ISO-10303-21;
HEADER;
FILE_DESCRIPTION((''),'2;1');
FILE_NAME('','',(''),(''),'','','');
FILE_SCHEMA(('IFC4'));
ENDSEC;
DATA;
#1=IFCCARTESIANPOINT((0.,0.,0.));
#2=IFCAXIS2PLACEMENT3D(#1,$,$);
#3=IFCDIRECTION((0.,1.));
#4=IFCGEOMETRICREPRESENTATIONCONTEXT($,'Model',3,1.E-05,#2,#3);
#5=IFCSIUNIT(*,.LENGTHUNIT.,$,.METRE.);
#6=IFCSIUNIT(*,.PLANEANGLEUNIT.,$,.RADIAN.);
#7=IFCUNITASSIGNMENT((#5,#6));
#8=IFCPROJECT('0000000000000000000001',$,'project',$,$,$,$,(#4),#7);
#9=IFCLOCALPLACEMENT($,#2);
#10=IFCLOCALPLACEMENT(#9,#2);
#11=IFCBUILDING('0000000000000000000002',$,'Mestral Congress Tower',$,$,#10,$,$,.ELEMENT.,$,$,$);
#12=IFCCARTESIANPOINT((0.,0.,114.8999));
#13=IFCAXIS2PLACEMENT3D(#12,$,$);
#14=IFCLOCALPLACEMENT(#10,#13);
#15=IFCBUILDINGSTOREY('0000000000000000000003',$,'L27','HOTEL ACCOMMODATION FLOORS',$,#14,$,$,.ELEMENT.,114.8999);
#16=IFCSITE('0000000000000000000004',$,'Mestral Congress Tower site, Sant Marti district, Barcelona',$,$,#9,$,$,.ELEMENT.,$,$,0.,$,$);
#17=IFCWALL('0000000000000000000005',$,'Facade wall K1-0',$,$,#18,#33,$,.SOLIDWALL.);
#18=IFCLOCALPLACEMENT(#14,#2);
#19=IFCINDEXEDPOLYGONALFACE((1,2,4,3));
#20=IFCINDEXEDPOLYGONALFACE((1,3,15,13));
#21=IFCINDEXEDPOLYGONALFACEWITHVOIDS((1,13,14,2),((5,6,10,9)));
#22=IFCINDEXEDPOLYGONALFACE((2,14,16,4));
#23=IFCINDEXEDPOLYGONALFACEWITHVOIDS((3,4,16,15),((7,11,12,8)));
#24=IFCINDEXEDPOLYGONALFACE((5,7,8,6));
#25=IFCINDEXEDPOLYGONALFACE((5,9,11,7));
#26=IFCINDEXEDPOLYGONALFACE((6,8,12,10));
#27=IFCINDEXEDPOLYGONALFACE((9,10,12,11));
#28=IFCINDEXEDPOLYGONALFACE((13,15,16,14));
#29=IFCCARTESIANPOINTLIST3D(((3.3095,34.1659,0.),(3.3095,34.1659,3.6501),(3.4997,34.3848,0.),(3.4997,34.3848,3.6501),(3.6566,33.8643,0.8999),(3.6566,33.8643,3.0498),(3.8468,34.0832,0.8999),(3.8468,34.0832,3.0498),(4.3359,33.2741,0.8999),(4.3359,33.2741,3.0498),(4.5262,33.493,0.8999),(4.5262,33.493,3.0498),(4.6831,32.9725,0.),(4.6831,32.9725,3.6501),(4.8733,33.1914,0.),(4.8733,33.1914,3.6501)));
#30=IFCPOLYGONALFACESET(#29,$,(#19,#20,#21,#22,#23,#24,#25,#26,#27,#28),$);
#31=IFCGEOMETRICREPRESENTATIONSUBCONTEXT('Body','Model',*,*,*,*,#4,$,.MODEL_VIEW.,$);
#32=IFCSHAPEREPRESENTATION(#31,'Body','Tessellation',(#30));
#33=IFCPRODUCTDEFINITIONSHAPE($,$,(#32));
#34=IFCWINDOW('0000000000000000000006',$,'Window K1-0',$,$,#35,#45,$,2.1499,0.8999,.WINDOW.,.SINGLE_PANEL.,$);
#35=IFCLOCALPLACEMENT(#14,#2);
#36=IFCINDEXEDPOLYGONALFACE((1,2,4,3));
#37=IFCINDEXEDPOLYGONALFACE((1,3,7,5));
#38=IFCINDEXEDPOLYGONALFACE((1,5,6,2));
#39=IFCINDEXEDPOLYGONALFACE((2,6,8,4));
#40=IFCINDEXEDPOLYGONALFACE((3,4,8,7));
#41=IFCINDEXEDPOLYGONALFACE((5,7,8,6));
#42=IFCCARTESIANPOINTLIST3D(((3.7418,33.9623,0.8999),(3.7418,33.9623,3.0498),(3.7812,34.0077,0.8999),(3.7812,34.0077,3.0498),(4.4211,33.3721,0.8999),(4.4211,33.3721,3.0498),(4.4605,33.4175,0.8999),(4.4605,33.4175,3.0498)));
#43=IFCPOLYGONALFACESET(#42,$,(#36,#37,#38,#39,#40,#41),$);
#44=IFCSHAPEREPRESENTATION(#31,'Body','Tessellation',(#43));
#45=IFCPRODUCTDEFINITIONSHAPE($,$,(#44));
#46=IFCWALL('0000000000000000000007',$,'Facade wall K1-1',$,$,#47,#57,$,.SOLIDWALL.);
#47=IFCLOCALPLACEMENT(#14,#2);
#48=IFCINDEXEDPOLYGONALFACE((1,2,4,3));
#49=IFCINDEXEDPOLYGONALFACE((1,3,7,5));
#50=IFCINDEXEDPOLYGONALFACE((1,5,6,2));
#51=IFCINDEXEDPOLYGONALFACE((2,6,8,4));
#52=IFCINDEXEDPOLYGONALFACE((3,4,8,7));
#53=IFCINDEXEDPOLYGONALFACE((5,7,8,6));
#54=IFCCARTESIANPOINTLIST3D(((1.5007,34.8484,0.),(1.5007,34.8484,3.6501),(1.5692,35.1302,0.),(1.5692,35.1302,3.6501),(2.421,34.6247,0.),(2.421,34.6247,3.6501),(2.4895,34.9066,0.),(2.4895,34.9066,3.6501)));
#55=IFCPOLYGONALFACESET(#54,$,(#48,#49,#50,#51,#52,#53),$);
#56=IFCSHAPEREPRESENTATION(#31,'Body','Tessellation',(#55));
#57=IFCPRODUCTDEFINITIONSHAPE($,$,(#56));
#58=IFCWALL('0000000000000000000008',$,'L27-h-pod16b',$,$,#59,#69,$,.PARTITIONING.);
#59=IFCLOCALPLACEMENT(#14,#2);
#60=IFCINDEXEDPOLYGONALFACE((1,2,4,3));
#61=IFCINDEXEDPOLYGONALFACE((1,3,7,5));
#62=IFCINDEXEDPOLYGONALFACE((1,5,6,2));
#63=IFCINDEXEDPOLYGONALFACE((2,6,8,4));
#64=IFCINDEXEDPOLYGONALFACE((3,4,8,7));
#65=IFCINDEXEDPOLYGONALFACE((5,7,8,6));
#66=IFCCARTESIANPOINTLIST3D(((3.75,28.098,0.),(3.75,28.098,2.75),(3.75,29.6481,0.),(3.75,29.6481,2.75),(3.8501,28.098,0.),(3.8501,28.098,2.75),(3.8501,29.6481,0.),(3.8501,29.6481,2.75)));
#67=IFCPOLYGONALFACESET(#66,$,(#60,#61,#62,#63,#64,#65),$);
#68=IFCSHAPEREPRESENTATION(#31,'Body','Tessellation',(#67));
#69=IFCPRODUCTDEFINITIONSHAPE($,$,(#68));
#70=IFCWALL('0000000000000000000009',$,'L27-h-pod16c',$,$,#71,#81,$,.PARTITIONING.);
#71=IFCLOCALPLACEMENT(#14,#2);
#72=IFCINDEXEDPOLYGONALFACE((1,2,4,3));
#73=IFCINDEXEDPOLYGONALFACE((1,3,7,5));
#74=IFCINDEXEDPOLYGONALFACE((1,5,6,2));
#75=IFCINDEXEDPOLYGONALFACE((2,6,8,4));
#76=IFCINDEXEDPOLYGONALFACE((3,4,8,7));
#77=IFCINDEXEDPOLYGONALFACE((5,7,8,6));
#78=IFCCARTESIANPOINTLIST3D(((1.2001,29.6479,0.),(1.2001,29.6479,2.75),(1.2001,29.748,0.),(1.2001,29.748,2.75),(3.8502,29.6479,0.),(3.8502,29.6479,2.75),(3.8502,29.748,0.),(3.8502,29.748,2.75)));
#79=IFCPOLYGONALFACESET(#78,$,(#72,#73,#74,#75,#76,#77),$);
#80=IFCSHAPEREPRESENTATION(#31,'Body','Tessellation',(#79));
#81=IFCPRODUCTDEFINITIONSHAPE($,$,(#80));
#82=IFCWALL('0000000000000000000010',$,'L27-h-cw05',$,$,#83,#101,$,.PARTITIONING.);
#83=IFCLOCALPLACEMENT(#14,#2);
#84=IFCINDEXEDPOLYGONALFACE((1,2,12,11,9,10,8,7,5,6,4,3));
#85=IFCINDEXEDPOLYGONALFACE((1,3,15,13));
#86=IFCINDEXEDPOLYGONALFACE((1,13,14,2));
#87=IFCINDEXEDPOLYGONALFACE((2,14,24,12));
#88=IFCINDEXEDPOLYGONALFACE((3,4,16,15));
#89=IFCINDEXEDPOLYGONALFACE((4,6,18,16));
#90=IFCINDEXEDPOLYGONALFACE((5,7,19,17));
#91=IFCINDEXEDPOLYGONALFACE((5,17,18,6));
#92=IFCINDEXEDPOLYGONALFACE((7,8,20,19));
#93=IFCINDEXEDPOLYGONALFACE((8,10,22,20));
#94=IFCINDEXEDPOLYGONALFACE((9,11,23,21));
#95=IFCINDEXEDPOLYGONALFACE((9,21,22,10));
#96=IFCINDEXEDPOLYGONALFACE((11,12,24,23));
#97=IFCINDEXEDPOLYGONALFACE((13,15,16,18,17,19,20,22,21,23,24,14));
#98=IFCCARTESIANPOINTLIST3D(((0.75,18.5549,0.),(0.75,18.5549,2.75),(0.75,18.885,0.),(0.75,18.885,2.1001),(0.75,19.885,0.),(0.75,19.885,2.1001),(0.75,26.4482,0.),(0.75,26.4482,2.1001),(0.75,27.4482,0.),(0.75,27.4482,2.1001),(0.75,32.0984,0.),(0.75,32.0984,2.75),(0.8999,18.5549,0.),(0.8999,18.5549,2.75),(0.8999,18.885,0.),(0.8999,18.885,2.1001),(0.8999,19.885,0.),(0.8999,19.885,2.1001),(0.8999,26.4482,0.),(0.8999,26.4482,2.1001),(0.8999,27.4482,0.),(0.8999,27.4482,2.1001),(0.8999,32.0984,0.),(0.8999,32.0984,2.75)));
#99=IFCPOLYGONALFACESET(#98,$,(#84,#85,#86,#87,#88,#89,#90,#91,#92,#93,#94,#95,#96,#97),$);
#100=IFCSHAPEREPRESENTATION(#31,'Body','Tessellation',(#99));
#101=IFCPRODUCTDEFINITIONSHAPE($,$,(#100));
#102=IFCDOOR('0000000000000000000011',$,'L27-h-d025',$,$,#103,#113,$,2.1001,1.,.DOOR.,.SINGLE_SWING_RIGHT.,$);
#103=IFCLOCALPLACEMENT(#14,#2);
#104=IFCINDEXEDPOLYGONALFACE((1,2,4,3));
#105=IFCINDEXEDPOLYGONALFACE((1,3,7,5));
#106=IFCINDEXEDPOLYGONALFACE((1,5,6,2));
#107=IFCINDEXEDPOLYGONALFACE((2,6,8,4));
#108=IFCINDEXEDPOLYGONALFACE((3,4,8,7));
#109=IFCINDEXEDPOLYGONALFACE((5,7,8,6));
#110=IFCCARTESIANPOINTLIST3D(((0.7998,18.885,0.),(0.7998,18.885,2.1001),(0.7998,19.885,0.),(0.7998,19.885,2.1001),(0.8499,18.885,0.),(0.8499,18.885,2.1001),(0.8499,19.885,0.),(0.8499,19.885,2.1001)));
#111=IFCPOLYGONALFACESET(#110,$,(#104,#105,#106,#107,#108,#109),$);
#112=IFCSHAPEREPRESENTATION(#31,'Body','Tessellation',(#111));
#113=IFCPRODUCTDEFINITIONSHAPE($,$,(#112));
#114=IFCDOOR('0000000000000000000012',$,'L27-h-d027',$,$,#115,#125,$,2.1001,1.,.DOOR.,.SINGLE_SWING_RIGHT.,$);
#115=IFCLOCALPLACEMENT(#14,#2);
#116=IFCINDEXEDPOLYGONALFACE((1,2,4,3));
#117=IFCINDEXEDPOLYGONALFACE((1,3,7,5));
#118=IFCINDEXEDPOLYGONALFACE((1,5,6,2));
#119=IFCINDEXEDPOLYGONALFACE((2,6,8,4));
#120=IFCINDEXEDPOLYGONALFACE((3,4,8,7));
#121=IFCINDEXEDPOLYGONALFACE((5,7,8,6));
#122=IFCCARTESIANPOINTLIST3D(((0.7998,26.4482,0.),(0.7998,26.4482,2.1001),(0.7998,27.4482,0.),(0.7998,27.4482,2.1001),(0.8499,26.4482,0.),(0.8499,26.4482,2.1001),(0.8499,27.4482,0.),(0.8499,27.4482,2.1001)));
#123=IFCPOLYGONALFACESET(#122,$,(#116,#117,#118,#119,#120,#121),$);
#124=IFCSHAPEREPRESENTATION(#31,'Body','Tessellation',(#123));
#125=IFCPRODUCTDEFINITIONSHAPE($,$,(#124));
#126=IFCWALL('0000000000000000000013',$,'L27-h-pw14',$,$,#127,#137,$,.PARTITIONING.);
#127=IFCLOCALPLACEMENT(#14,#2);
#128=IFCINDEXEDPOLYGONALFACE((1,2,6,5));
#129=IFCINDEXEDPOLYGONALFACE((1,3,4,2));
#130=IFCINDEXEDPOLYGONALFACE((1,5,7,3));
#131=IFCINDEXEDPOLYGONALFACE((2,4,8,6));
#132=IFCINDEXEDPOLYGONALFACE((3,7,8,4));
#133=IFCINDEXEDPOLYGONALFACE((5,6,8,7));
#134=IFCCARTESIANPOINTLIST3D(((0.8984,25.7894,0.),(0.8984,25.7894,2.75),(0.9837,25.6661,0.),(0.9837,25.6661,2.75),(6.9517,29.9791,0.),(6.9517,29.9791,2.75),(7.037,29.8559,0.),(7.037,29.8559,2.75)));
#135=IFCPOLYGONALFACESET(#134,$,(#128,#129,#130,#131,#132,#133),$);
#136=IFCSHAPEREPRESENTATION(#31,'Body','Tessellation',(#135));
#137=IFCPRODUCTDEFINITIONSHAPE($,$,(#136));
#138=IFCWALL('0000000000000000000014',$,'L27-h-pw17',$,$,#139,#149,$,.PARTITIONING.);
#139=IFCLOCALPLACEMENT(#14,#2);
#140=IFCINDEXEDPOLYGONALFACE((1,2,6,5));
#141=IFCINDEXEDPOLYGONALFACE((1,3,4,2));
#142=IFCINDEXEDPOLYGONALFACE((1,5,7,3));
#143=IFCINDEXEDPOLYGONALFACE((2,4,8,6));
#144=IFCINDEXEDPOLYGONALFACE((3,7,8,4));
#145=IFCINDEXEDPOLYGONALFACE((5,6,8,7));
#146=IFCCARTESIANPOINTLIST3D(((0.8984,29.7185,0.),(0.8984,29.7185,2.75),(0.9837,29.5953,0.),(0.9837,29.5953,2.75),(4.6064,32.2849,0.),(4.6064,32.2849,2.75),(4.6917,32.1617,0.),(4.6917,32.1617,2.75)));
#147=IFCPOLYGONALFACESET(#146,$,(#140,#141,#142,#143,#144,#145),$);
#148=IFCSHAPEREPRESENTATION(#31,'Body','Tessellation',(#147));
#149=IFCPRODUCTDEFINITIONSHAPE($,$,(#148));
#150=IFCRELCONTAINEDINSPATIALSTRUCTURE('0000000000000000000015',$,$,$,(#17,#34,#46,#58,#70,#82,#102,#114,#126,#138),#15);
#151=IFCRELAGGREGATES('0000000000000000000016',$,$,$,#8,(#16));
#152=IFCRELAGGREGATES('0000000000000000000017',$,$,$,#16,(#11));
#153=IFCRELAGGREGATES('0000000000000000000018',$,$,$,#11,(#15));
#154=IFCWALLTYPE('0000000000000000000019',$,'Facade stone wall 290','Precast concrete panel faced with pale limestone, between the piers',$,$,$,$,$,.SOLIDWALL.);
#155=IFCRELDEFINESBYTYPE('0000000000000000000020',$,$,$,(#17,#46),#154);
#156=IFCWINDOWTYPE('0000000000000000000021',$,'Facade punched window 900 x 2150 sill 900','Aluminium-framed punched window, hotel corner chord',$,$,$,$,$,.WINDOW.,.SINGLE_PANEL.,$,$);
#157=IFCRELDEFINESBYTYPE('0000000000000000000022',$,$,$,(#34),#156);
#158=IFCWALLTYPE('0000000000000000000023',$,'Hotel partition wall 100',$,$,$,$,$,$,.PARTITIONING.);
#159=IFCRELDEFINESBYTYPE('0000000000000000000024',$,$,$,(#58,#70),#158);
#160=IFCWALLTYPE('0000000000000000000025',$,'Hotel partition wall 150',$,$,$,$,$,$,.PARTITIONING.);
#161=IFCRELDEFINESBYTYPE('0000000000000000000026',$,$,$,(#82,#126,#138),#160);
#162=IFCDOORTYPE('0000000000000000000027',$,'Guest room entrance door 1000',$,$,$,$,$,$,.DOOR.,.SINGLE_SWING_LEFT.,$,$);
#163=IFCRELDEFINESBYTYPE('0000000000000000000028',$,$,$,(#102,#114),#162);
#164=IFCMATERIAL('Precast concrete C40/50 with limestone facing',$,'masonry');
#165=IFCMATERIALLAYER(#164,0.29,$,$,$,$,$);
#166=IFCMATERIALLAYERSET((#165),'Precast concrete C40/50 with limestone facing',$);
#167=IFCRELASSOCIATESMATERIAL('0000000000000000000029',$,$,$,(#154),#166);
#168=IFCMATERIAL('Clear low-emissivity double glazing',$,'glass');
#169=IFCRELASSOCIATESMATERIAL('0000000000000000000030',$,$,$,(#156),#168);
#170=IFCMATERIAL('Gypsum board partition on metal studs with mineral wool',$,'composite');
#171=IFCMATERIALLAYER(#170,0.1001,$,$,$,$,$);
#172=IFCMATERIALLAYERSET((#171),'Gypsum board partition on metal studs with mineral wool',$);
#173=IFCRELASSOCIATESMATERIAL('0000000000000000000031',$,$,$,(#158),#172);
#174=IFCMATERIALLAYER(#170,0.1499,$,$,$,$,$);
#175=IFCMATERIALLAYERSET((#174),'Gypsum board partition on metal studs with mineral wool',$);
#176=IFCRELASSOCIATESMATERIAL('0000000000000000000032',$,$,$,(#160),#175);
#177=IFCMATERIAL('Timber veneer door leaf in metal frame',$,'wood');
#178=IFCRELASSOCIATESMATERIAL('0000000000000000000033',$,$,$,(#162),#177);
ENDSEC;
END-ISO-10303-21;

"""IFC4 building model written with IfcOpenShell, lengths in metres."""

from ifc_helpers import new_model, si_unit, direction, frame, frame_2d, origin, place, context, subcontext, project, spatial, rectangle, extrude, material, layer, layer_set, type_object, element, fill, save


model = new_model("IFC4")

# Units and contexts
model_context = context("Model", 3, precision=1e-05, world=origin(), true_north=direction((0.0, 1.0)))
body_context = subcontext(model_context, "Body", "Model", "MODEL_VIEW")
ifc_project = project(units=[si_unit("LENGTHUNIT", "METRE"), si_unit("PLANEANGLEUNIT", "RADIAN")], contexts=[model_context])

# Site, building, storey
site_placement = place(None, origin())
site = spatial("IfcSite", under=ifc_project, at=site_placement, Name="Mestral Congress Tower site, Sant Marti district, Barcelona", CompositionType="ELEMENT", RefElevation=0.0)
building_placement = place(site_placement, origin())
building = spatial("IfcBuilding", under=site, at=building_placement, Name="Mestral Congress Tower", CompositionType="ELEMENT")
storey_placement = place(building_placement, frame((0.0, 0.0, 114.8999)))
storey = spatial("IfcBuildingStorey", under=building, at=storey_placement, Name="L27", Description="HOTEL ACCOMMODATION FLOORS", CompositionType="ELEMENT", Elevation=114.8999)

# Wall, opening, window
ifc_material_1 = material(Name="Precast concrete C40/50 with limestone facing", Category="masonry")
ifc_layer_1 = layer(ifc_material_1, 0.29)
ifc_layer_set_1 = layer_set([ifc_layer_1], Name="Precast concrete C40/50 with limestone facing")
wall_type_1 = type_object("IfcWallType", Name="Facade stone wall 290", Description="Precast concrete panel faced with pale limestone, between the piers", PredefinedType="SOLIDWALL", material=ifc_layer_set_1)
wall_1_placement = place(storey_placement, frame((4.7781, 33.082, 0.0), z_axis=(0.0, 0.0, 1.0), x_axis=(-0.754883, 0.65586, 0.0)))
wall_1 = element("IfcWall", 1, at=wall_1_placement, inside=storey, type_object=wall_type_1, Name="Facade wall K1-0", PredefinedType="SOLIDWALL", context=body_context, shape_type="SweptSolid", body=[
    extrude(rectangle(XDim=1.8196, YDim=0.29, at=frame_2d((0.9097, 0.0))), origin(), (0.0, 0.0, 1.0), 3.6501),
])
opening_1_placement = place(wall_1_placement, frame((0.4597, 0.0, 0.8999)))
opening_1 = element("IfcOpeningElement", 2, at=opening_1_placement, cuts=wall_1, PredefinedType="OPENING", context=body_context, shape_type="SweptSolid", body=[
    extrude(rectangle(XDim=0.8999, YDim=2.1499, at=frame_2d((0.45, 1.075))), frame((0.0, 0.155, 0.0), z_axis=(0.0, -1.0, 0.0), x_axis=(1.0, 0.0, 0.0)), (0.0, 0.0, 1.0), 0.3101),
])
ifc_material_2 = material(Name="Clear low-emissivity double glazing", Category="glass")
window_type = type_object("IfcWindowType", Name="Facade punched window 900 x 2150 sill 900", Description="Aluminium-framed punched window, hotel corner chord", PartitioningType="SINGLE_PANEL", PredefinedType="WINDOW", material=ifc_material_2)
window_placement = place(opening_1_placement, origin())
window = element("IfcWindow", 3, at=window_placement, inside=storey, type_object=window_type, Name="Window K1-0", OverallHeight=2.1499, OverallWidth=0.8999, PartitioningType="SINGLE_PANEL", PredefinedType="WINDOW", context=body_context, shape_type="SweptSolid", body=[
    extrude(rectangle(XDim=0.8999, YDim=2.1499, at=frame_2d((0.45, 1.075))), frame((0.0, 0.0151, 0.0), z_axis=(0.0, -1.0, 0.0), x_axis=(1.0, 0.0, 0.0)), (0.0, 0.0, 1.0), 0.0601),
])
fill(opening_1, window)

# Walls
wall_2_placement = place(storey_placement, frame((2.4553, 34.7656, 0.0), z_axis=(0.0, 0.0, 1.0), x_axis=(-0.971714, 0.236161, 0.0)))
element("IfcWall", 4, at=wall_2_placement, inside=storey, type_object=wall_type_1, Name="Facade wall K1-1", PredefinedType="SOLIDWALL", context=body_context, shape_type="SweptSolid", body=[
    extrude(rectangle(XDim=0.947, YDim=0.29, at=frame_2d((0.4736, 0.0))), origin(), (0.0, 0.0, 1.0), 3.6501),
])
ifc_material_3 = material(Name="Gypsum board partition on metal studs with mineral wool", Category="composite")
ifc_layer_2 = layer(ifc_material_3, 0.1001)
ifc_layer_set_2 = layer_set([ifc_layer_2], Name="Gypsum board partition on metal studs with mineral wool")
wall_type_2 = type_object("IfcWallType", Name="Hotel partition wall 100", PredefinedType="PARTITIONING", material=ifc_layer_set_2)
wall_3_placement = place(storey_placement, frame((3.8, 28.0981, 0.0), z_axis=(0.0, 0.0, 1.0), x_axis=(0.0, 1.0, 0.0)))
element("IfcWall", 5, at=wall_3_placement, inside=storey, type_object=wall_type_2, Name="L27-h-pod16b", PredefinedType="PARTITIONING", context=body_context, shape_type="SweptSolid", body=[
    extrude(rectangle(XDim=1.55, YDim=0.1001, at=frame_2d((0.7749, 0.0))), origin(), (0.0, 0.0, 1.0), 2.75),
])
wall_4_placement = place(storey_placement, frame((1.2, 29.698, 0.0), z_axis=(0.0, 0.0, 1.0), x_axis=(1.0, 0.0, 0.0)))
element("IfcWall", 6, at=wall_4_placement, inside=storey, type_object=wall_type_2, Name="L27-h-pod16c", PredefinedType="PARTITIONING", context=body_context, shape_type="SweptSolid", body=[
    extrude(rectangle(XDim=2.6501, YDim=0.1001, at=frame_2d((1.3252, 0.0))), origin(), (0.0, 0.0, 1.0), 2.75),
])

# Wall, openings, doors
ifc_layer_3 = layer(ifc_material_3, 0.1499)
ifc_layer_set_3 = layer_set([ifc_layer_3], Name="Gypsum board partition on metal studs with mineral wool")
wall_type_3 = type_object("IfcWallType", Name="Hotel partition wall 150", PredefinedType="PARTITIONING", material=ifc_layer_set_3)
wall_5_placement = place(storey_placement, frame((0.825, 32.0984, 0.0), z_axis=(0.0, 0.0, 1.0), x_axis=(0.0, -1.0, 0.0)))
wall_5 = element("IfcWall", 7, at=wall_5_placement, inside=storey, type_object=wall_type_3, Name="L27-h-cw05", PredefinedType="PARTITIONING", context=body_context, shape_type="SweptSolid", body=[
    extrude(rectangle(XDim=13.5435, YDim=0.1499, at=frame_2d((6.7717, 0.0))), origin(), (0.0, 0.0, 1.0), 2.75),
])
opening_2_placement = place(wall_5_placement, frame((12.2134, 0.0, 0.0)))
opening_2 = element("IfcOpeningElement", 8, at=opening_2_placement, cuts=wall_5, PredefinedType="OPENING", context=body_context, shape_type="SweptSolid", body=[
    extrude(rectangle(XDim=1.0, YDim=2.1001, at=frame_2d((0.5, 1.05))), frame((0.0, 0.085, 0.0), z_axis=(0.0, -1.0, 0.0), x_axis=(1.0, 0.0, 0.0)), (0.0, 0.0, 1.0), 0.1699),
])
opening_3_placement = place(wall_5_placement, frame((4.6501, 0.0, 0.0)))
opening_3 = element("IfcOpeningElement", 9, at=opening_3_placement, cuts=wall_5, PredefinedType="OPENING", context=body_context, shape_type="SweptSolid", body=[
    extrude(rectangle(XDim=1.0, YDim=2.1001, at=frame_2d((0.5, 1.05))), frame((0.0, 0.085, 0.0), z_axis=(0.0, -1.0, 0.0), x_axis=(1.0, 0.0, 0.0)), (0.0, 0.0, 1.0), 0.1699),
])
ifc_material_4 = material(Name="Timber veneer door leaf in metal frame", Category="wood")
door_type = type_object("IfcDoorType", Name="Guest room entrance door 1000", OperationType="SINGLE_SWING_LEFT", PredefinedType="DOOR", material=ifc_material_4)
door_1_placement = place(opening_2_placement, origin())
door_1 = element("IfcDoor", 10, at=door_1_placement, inside=storey, type_object=door_type, Name="L27-h-d025", OperationType="SINGLE_SWING_RIGHT", OverallHeight=2.1001, OverallWidth=1.0, PredefinedType="DOOR", context=body_context, shape_type="SweptSolid", body=[
    extrude(rectangle(XDim=1.0, YDim=2.1001, at=frame_2d((0.5, 1.05))), frame((0.0, 0.0249, 0.0), z_axis=(0.0, -1.0, 0.0), x_axis=(1.0, 0.0, 0.0)), (0.0, 0.0, 1.0), 0.05),
])
fill(opening_2, door_1)
door_2_placement = place(opening_3_placement, origin())
door_2 = element("IfcDoor", 11, at=door_2_placement, inside=storey, type_object=door_type, Name="L27-h-d027", OperationType="SINGLE_SWING_RIGHT", OverallHeight=2.1001, OverallWidth=1.0, PredefinedType="DOOR", context=body_context, shape_type="SweptSolid", body=[
    extrude(rectangle(XDim=1.0, YDim=2.1001, at=frame_2d((0.5, 1.05))), frame((0.0, 0.0249, 0.0), z_axis=(0.0, -1.0, 0.0), x_axis=(1.0, 0.0, 0.0)), (0.0, 0.0, 1.0), 0.05),
])
fill(opening_3, door_2)

# Walls
wall_6_placement = place(storey_placement, frame((6.9944, 29.9175, 0.0), z_axis=(0.0, 0.0, 1.0), x_axis=(-0.822255, -0.569119, 0.0)))
element("IfcWall", 12, at=wall_6_placement, inside=storey, type_object=wall_type_3, Name="L27-h-pw14", PredefinedType="PARTITIONING", context=body_context, shape_type="SweptSolid", body=[
    extrude(rectangle(XDim=7.3618, YDim=0.1499, at=frame_2d((3.6809, 0.0))), origin(), (0.0, 0.0, 1.0), 2.75),
])
wall_7_placement = place(storey_placement, frame((4.6492, 32.2234, 0.0), z_axis=(0.0, 0.0, 1.0), x_axis=(-0.822262, -0.569109, 0.0)))
element("IfcWall", 13, at=wall_7_placement, inside=storey, type_object=wall_type_3, Name="L27-h-pw17", PredefinedType="PARTITIONING", context=body_context, shape_type="SweptSolid", body=[
    extrude(rectangle(XDim=4.5095, YDim=0.1499, at=frame_2d((2.2549, 0.0))), origin(), (0.0, 0.0, 1.0), 2.75),
])

save(model, "model.ifc")
